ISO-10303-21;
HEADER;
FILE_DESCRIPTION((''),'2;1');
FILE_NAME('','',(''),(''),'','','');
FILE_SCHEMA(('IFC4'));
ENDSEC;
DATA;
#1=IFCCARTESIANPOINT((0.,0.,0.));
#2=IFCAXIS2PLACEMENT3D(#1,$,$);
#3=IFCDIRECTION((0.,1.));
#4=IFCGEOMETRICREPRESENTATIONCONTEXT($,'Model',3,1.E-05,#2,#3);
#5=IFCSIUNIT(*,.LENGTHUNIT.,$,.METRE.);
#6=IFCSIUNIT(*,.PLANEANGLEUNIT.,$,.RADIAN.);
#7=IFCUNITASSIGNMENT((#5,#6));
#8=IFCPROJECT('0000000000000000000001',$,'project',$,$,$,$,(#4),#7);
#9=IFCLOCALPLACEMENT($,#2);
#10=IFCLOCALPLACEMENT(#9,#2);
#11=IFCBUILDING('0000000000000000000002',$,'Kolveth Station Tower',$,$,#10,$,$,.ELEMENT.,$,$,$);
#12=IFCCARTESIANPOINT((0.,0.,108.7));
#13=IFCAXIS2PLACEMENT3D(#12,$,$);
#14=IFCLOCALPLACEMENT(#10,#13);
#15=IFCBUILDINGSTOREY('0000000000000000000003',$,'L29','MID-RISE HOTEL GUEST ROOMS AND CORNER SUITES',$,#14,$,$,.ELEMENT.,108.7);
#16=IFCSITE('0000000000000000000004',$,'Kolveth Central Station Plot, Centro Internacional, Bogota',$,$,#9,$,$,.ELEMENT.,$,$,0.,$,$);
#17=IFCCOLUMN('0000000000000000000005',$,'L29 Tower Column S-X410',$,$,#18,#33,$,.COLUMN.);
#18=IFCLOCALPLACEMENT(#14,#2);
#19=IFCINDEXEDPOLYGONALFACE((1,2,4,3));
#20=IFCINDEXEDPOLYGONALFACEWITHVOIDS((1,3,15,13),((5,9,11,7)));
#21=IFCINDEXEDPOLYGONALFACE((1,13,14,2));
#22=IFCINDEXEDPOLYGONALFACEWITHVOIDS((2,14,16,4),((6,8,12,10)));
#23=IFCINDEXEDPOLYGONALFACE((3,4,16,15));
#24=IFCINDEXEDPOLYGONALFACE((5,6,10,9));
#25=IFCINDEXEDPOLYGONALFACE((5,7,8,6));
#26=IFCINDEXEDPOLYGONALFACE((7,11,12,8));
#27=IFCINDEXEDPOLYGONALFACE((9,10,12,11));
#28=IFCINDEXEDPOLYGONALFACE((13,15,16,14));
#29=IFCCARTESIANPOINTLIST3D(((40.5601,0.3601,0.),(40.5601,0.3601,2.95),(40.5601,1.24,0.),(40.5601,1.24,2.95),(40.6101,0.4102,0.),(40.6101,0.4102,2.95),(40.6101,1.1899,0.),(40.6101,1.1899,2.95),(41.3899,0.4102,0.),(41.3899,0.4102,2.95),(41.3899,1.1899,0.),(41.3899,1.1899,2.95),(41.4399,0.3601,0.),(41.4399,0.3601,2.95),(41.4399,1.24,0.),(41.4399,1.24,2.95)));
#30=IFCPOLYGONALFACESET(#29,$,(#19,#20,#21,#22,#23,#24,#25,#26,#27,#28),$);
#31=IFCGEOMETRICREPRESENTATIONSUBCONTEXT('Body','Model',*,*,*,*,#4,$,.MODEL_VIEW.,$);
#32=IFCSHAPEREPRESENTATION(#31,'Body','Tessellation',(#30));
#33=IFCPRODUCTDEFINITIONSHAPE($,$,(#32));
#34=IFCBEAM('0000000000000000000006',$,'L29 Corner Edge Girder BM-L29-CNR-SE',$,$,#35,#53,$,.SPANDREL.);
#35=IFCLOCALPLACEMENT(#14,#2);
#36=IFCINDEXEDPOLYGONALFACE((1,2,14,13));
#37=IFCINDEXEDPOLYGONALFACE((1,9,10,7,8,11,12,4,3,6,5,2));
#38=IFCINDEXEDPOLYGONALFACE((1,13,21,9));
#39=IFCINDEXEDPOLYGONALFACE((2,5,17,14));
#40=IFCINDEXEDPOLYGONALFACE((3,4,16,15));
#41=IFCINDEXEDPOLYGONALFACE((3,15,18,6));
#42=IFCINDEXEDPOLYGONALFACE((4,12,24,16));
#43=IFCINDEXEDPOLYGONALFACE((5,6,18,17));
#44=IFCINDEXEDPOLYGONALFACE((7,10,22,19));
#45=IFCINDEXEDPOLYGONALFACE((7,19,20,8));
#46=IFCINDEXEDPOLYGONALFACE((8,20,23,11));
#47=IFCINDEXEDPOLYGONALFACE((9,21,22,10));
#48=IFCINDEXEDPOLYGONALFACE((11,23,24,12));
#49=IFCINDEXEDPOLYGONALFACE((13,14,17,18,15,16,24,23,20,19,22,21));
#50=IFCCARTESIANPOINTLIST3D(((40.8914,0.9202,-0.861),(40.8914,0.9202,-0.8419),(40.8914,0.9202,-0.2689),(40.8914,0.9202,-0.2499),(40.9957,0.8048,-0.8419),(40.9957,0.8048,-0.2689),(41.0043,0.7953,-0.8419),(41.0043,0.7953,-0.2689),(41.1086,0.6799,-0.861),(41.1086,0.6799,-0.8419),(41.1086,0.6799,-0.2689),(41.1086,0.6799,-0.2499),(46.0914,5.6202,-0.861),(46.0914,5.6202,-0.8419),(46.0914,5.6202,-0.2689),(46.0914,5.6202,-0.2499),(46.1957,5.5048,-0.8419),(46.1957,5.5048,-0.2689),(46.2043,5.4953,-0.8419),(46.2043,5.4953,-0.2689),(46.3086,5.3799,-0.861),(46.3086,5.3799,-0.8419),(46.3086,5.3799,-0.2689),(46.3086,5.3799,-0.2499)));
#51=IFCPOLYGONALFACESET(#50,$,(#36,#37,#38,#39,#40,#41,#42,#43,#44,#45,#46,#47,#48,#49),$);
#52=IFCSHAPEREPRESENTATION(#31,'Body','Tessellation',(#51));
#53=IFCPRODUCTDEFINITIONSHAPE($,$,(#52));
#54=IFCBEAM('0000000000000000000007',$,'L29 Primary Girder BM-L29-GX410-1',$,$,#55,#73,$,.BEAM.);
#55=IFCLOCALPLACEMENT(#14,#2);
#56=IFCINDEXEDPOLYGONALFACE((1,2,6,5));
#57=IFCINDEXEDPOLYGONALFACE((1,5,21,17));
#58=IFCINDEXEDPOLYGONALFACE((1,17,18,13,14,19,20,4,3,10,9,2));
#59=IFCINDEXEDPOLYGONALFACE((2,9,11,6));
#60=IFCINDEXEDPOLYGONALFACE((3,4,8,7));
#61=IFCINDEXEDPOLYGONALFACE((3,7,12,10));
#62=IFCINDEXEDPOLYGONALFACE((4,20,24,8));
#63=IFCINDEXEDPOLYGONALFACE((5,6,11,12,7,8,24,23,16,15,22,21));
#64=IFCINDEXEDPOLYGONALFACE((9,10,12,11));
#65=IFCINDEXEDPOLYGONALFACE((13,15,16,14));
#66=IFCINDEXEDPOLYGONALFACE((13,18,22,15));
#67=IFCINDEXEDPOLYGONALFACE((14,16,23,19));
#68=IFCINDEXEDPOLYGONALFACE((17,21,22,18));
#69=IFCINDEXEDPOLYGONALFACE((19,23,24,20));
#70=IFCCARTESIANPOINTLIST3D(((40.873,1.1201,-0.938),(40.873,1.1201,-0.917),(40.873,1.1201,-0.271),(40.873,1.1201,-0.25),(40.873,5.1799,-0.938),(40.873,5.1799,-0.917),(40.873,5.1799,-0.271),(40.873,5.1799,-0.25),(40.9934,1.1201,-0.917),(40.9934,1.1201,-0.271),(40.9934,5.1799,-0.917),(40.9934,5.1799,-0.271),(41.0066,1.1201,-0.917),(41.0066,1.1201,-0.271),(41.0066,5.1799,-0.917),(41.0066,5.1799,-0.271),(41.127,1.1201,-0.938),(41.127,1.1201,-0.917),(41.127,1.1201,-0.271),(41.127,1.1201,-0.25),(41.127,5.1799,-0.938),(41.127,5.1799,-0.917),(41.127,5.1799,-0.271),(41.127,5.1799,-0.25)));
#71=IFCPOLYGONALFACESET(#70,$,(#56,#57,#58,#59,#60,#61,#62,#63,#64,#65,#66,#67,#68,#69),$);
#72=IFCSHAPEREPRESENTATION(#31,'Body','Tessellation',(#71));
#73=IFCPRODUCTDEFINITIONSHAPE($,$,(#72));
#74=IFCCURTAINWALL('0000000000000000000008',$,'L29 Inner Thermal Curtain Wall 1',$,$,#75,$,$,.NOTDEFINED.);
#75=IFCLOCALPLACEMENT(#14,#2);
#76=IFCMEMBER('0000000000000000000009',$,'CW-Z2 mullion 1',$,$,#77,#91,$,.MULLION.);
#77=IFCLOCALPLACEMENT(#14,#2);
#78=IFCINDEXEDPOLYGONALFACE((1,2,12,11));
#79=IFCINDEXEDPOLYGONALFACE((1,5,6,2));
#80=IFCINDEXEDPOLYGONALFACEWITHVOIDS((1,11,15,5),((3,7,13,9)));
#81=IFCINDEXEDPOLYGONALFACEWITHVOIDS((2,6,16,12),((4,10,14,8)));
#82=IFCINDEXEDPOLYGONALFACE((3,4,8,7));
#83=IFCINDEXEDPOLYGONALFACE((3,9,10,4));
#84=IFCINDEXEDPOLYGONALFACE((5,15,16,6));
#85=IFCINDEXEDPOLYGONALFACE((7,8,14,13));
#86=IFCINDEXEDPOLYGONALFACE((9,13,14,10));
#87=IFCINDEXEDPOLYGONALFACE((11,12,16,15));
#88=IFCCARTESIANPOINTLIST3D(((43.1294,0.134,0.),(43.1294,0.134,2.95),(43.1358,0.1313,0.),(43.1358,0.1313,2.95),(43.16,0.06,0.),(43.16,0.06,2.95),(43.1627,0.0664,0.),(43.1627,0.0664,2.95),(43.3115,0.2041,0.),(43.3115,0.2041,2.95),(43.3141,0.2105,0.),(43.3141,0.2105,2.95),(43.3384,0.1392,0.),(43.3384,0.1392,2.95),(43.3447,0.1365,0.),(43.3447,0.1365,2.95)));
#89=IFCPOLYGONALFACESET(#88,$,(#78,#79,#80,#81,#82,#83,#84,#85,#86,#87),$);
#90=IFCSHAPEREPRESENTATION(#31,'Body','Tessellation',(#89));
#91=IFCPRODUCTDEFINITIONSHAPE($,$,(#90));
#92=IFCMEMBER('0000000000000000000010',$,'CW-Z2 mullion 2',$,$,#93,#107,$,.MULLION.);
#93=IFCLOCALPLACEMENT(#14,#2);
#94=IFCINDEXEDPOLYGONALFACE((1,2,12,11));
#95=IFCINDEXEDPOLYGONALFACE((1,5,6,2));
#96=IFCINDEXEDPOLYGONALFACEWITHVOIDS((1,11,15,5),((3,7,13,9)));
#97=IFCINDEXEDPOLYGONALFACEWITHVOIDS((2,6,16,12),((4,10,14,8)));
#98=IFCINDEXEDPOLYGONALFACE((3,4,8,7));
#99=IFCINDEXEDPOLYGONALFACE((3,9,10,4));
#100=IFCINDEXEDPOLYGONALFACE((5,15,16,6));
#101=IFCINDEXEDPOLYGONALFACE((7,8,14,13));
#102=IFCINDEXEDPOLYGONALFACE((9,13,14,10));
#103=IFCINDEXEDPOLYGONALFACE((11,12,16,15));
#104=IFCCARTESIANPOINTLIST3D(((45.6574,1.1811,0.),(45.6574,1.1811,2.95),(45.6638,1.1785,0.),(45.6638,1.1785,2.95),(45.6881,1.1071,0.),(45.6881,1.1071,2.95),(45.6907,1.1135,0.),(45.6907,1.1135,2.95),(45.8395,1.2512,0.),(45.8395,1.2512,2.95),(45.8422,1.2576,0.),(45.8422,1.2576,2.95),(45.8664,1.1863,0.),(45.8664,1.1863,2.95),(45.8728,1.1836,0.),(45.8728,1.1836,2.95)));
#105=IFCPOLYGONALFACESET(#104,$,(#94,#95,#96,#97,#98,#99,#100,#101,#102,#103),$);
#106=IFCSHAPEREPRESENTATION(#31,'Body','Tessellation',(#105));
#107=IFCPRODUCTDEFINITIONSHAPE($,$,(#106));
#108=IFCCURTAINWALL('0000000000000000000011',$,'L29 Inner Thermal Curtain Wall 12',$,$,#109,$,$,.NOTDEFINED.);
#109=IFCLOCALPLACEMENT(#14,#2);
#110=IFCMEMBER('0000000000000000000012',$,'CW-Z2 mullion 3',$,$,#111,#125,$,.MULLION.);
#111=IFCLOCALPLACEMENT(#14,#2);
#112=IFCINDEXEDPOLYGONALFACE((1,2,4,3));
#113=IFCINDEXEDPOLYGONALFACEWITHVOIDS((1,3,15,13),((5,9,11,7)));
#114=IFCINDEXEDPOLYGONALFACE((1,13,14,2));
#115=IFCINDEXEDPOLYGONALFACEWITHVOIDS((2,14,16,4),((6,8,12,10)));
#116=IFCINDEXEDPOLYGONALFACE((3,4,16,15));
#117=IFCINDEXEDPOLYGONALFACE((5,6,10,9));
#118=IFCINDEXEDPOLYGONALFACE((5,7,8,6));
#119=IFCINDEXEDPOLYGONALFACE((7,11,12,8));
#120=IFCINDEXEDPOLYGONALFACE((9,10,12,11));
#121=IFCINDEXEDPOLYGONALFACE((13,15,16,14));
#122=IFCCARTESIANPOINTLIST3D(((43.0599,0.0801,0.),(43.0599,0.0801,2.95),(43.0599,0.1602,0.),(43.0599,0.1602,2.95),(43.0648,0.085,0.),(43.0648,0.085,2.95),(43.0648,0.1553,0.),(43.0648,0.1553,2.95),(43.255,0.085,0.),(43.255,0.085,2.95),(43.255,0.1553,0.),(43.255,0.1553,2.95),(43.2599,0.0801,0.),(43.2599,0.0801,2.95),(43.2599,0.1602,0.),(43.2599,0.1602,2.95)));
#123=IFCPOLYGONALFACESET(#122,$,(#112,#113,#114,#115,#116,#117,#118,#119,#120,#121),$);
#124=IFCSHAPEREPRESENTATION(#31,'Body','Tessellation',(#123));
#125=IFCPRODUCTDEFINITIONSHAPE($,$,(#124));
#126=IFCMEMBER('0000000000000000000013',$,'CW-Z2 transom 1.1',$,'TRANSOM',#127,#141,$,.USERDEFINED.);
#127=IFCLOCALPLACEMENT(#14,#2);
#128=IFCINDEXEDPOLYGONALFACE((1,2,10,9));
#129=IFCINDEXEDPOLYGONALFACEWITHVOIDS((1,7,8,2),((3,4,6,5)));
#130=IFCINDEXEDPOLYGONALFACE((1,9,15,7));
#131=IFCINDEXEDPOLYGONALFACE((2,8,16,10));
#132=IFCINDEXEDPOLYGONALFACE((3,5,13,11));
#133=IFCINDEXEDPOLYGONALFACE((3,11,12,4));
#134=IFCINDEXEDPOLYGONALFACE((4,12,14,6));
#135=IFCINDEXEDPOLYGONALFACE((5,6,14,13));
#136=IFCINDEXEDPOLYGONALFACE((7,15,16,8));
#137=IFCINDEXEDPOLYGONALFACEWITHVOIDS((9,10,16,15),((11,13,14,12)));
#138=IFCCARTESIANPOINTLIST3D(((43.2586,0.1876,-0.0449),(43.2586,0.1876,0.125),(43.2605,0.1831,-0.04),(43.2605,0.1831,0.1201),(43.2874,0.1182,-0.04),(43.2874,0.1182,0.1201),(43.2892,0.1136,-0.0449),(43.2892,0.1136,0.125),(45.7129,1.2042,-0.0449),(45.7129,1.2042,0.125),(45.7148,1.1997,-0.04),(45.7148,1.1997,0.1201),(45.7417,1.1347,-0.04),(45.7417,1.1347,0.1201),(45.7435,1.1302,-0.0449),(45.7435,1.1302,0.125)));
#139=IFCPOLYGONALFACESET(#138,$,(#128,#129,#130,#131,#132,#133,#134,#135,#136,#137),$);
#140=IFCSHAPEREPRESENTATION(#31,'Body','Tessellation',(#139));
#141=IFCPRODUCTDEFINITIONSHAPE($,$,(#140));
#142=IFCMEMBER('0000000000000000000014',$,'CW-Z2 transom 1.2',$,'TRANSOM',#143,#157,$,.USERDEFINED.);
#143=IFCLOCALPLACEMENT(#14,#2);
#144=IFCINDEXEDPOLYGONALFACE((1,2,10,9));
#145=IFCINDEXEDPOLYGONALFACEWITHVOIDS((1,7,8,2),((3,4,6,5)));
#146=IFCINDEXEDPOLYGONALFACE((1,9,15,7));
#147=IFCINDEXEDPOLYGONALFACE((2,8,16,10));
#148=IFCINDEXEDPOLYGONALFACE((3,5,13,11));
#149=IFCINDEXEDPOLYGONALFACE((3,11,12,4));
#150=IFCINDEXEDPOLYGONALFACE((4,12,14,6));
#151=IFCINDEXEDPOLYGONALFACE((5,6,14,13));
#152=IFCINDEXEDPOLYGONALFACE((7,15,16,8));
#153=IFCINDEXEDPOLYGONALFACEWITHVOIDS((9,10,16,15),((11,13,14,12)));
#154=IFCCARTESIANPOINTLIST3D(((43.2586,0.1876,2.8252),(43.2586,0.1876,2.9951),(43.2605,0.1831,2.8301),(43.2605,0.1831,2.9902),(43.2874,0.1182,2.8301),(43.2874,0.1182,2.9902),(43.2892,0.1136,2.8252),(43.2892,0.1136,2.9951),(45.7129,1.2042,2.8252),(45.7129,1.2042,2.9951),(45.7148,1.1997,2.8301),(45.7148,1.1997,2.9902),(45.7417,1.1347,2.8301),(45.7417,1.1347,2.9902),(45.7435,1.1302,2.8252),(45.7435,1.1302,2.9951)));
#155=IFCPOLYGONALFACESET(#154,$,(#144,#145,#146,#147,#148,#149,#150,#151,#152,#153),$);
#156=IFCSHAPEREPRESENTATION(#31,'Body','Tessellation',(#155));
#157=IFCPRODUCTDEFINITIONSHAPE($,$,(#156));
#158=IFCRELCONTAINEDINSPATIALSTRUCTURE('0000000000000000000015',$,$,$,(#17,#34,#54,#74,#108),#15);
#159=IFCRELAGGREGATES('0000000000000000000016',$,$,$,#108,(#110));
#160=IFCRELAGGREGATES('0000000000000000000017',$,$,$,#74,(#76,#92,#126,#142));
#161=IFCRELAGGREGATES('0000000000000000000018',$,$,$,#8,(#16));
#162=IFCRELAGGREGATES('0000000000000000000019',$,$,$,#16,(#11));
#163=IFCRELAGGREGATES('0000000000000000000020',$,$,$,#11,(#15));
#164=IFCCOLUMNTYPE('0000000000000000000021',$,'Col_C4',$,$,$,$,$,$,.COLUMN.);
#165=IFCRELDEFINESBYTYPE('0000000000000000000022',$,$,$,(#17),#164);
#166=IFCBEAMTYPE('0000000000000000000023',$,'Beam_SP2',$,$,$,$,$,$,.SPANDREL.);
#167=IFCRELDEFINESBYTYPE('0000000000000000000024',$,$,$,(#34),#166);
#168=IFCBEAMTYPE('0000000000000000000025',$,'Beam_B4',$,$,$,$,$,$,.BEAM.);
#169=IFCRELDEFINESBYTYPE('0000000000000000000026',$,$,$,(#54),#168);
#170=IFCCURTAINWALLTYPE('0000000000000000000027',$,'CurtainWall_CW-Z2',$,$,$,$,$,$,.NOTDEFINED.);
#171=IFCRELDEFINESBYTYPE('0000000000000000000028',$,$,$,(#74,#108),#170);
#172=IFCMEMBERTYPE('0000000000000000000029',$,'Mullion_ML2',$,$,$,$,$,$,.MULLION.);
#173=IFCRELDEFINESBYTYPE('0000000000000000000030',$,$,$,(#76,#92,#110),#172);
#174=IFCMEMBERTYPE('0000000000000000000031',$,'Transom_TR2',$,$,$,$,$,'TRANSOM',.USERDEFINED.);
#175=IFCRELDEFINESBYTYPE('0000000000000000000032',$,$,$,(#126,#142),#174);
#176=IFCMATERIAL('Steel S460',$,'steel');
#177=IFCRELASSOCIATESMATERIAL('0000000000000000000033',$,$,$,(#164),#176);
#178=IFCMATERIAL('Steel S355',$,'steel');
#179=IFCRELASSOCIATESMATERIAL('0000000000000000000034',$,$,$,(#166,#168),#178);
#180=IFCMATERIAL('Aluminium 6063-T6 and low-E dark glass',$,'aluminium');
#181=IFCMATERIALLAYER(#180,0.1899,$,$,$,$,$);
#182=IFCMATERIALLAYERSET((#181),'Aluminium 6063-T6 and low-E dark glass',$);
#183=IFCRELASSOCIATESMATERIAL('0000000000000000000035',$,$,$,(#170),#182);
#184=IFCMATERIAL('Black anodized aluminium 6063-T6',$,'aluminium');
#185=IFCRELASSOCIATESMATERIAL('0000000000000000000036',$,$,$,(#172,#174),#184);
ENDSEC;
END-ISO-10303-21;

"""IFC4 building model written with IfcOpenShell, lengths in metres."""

from ifc_helpers import new_model, si_unit, direction, frame, origin, origin_2d, place, context, subcontext, project, spatial, hollow_rectangle, i_section, extrude, source, transform, mapped, material, layer, layer_set, material_profile, profile_set, type_object, element, aggregate, save


model = new_model("IFC4")

# Units and contexts
model_context = context("Model", 3, precision=1e-05, world=origin(), true_north=direction((0.0, 1.0)))
body_context = subcontext(model_context, "Body", "Model", "MODEL_VIEW")
ifc_project = project(units=[si_unit("LENGTHUNIT", "METRE"), si_unit("PLANEANGLEUNIT", "RADIAN")], contexts=[model_context])

# Site, building, storey
site_placement = place(None, origin())
site = spatial("IfcSite", under=ifc_project, at=site_placement, Name="Kolveth Central Station Plot, Centro Internacional, Bogota", CompositionType="ELEMENT", RefElevation=0.0)
building_placement = place(site_placement, origin())
building = spatial("IfcBuilding", under=site, at=building_placement, Name="Kolveth Station Tower", CompositionType="ELEMENT")
storey_placement = place(building_placement, frame((0.0, 0.0, 108.7)))
storey = spatial("IfcBuildingStorey", under=building, at=storey_placement, Name="L29", Description="MID-RISE HOTEL GUEST ROOMS AND CORNER SUITES", CompositionType="ELEMENT", Elevation=108.7)

# Column
ifc_material_1 = material(Name="Steel S460", Category="steel")
ifc_material_profile_1 = material_profile(ifc_material_1, hollow_rectangle(XDim=0.8799, YDim=0.8799, WallThickness=0.05, at=origin_2d()), Name="BOX880x880x50")
ifc_profile_set_1 = profile_set([ifc_material_profile_1], Name="Steel S460")
column_type = type_object("IfcColumnType", Name="Col_C4", PredefinedType="COLUMN", material=ifc_profile_set_1)
shared_shape_1 = source(origin(), body_context, "Body", "SweptSolid", [
    extrude(hollow_rectangle(XDim=0.8799, YDim=0.8799, WallThickness=0.05, at=origin_2d()), origin(), (0.0, 0.0, 1.0), 2.95),
])
column_placement = place(storey_placement, frame((41.0, 0.8, 0.0), z_axis=(0.0, 0.0, 1.0), x_axis=(1.0, 0.0, 0.0)))
element("IfcColumn", 1, at=column_placement, inside=storey, type_object=column_type, Name="L29 Tower Column S-X410", PredefinedType="COLUMN", context=body_context, shape_type="MappedRepresentation", body=[
    mapped(shared_shape_1, transform((0.0, 0.0, 0.0), x_axis=(1.0, 0.0, 0.0), y_axis=(0.0, 1.0, 0.0), z_axis=(0.0, 0.0, 1.0), scale=1.0)),
])

# Beams
ifc_material_2 = material(Name="Steel S355", Category="steel")
ifc_material_profile_2 = material_profile(ifc_material_2, i_section(OverallWidth=0.324, OverallDepth=0.6111, WebThickness=0.0127, FlangeThickness=0.019, at=origin_2d()), Name="W610x155")
ifc_profile_set_2 = profile_set([ifc_material_profile_2], Name="Steel S355")
beam_type_1 = type_object("IfcBeamType", Name="Beam_SP2", PredefinedType="SPANDREL", material=ifc_profile_set_2)
shared_shape_2 = source(origin(), body_context, "Body", "SweptSolid", [
    extrude(i_section(OverallWidth=0.324, OverallDepth=0.6111, WebThickness=0.0127, FlangeThickness=0.019, at=origin_2d()), origin(), (0.0, 0.0, 1.0), 7.0093),
])
beam_1_placement = place(storey_placement, frame((41.0, 0.8, -0.5554), z_axis=(0.741874, 0.670539, 0.0), x_axis=(-0.670539, 0.741874, 0.0)))
element("IfcBeam", 2, at=beam_1_placement, inside=storey, type_object=beam_type_1, Name="L29 Corner Edge Girder BM-L29-CNR-SE", PredefinedType="SPANDREL", context=body_context, shape_type="MappedRepresentation", body=[
    mapped(shared_shape_2, transform((0.0, 0.0, 0.0), x_axis=(1.0, 0.0, 0.0), y_axis=(0.0, 1.0, 0.0), z_axis=(0.0, 0.0, 1.0), scale=1.0)),
])
ifc_material_profile_3 = material_profile(ifc_material_2, i_section(OverallWidth=0.2539, OverallDepth=0.688, WebThickness=0.0132, FlangeThickness=0.021, at=origin_2d()), Name="W690x152")
ifc_profile_set_3 = profile_set([ifc_material_profile_3], Name="Steel S355")
beam_type_2 = type_object("IfcBeamType", Name="Beam_B4", PredefinedType="BEAM", material=ifc_profile_set_3)
shared_shape_3 = source(origin(), body_context, "Body", "SweptSolid", [
    extrude(i_section(OverallWidth=0.2539, OverallDepth=0.688, WebThickness=0.0132, FlangeThickness=0.021, at=origin_2d()), origin(), (0.0, 0.0, 1.0), 4.0598),
])
beam_2_placement = place(storey_placement, frame((41.0, 1.1201, -0.594), z_axis=(0.0, 1.0, 0.0), x_axis=(-1.0, 0.0, 0.0)))
element("IfcBeam", 3, at=beam_2_placement, inside=storey, type_object=beam_type_2, Name="L29 Primary Girder BM-L29-GX410-1", PredefinedType="BEAM", context=body_context, shape_type="MappedRepresentation", body=[
    mapped(shared_shape_3, transform((0.0, 0.0, 0.0), x_axis=(1.0, 0.0, 0.0), y_axis=(0.0, 1.0, 0.0), z_axis=(0.0, 0.0, 1.0), scale=1.0)),
])

# Curtain wall, members
ifc_material_3 = material(Name="Aluminium 6063-T6 and low-E dark glass", Category="aluminium")
ifc_layer_1 = layer(ifc_material_3, 0.1899)
ifc_layer_set_1 = layer_set([ifc_layer_1], Name="Aluminium 6063-T6 and low-E dark glass")
curtain_wall_type_1 = type_object("IfcCurtainWallType", Name="CurtainWall_CW-Z2", PredefinedType="NOTDEFINED", material=ifc_layer_set_1)
curtain_wall_1_placement = place(storey_placement, origin())
curtain_wall_1 = element("IfcCurtainWall", 4, at=curtain_wall_1_placement, inside=storey, type_object=curtain_wall_type_1, Name="L29 Inner Thermal Curtain Wall 1", PredefinedType="NOTDEFINED")
ifc_material_4 = material(Name="Black anodized aluminium 6063-T6", Category="aluminium")
ifc_material_profile_4 = material_profile(ifc_material_4, hollow_rectangle(XDim=0.0801, YDim=0.2, WallThickness=0.0049, at=origin_2d()), Name="ALU-80x200x5")
ifc_profile_set_4 = profile_set([ifc_material_profile_4], Name="Black anodized aluminium 6063-T6")
member_type_1 = type_object("IfcMemberType", Name="Mullion_ML2", PredefinedType="MULLION", material=ifc_profile_set_4)
shared_shape_4 = source(origin(), body_context, "Body", "SweptSolid", [
    extrude(hollow_rectangle(XDim=0.0801, YDim=0.2, WallThickness=0.0049, at=origin_2d()), origin(), (0.0, 0.0, 1.0), 2.95),
])
member_1_placement = place(storey_placement, frame((43.2371, 0.1353, 0.0), z_axis=(0.0, 0.0, 1.0), x_axis=(-0.382663, 0.923888, 0.0)))
member_1 = element("IfcMember", 5, at=member_1_placement, type_object=member_type_1, Name="CW-Z2 mullion 1", PredefinedType="MULLION", context=body_context, shape_type="MappedRepresentation", body=[
    mapped(shared_shape_4, transform((0.0, 0.0, 0.0), x_axis=(1.0, 0.0, 0.0), y_axis=(0.0, 1.0, 0.0), z_axis=(0.0, 0.0, 1.0), scale=1.0)),
])
member_2_placement = place(storey_placement, frame((45.7651, 1.1824, 0.0), z_axis=(0.0, 0.0, 1.0), x_axis=(-0.382663, 0.923888, 0.0)))
member_2 = element("IfcMember", 6, at=member_2_placement, type_object=member_type_1, Name="CW-Z2 mullion 2", PredefinedType="MULLION", context=body_context, shape_type="MappedRepresentation", body=[
    mapped(shared_shape_4, transform((0.0, 0.0, 0.0), x_axis=(1.0, 0.0, 0.0), y_axis=(0.0, 1.0, 0.0), z_axis=(0.0, 0.0, 1.0), scale=1.0)),
])

# Curtain wall, member
curtain_wall_2_placement = place(storey_placement, origin())
curtain_wall_2 = element("IfcCurtainWall", 7, at=curtain_wall_2_placement, inside=storey, type_object=curtain_wall_type_1, Name="L29 Inner Thermal Curtain Wall 12", PredefinedType="NOTDEFINED")
member_3_placement = place(storey_placement, frame((43.1599, 0.1201, 0.0), z_axis=(0.0, 0.0, 1.0), x_axis=(0.0, 1.0, 0.0)))
member_3 = element("IfcMember", 8, at=member_3_placement, type_object=member_type_1, Name="CW-Z2 mullion 3", PredefinedType="MULLION", context=body_context, shape_type="MappedRepresentation", body=[
    mapped(shared_shape_4, transform((0.0, 0.0, 0.0), x_axis=(1.0, 0.0, 0.0), y_axis=(0.0, 1.0, 0.0), z_axis=(0.0, 0.0, 1.0), scale=1.0)),
])
aggregate(curtain_wall_2, [member_3])

# Members
ifc_material_profile_5 = material_profile(ifc_material_4, hollow_rectangle(XDim=0.0801, YDim=0.1699, WallThickness=0.0049, at=origin_2d()), Name="ALU-80x170x5")
ifc_profile_set_5 = profile_set([ifc_material_profile_5], Name="Black anodized aluminium 6063-T6")
member_type_2 = type_object("IfcMemberType", Name="Transom_TR2", ElementType="TRANSOM", PredefinedType="USERDEFINED", material=ifc_profile_set_5)
shared_shape_5 = source(origin(), body_context, "Body", "SweptSolid", [
    extrude(hollow_rectangle(XDim=0.0801, YDim=0.1699, WallThickness=0.0049, at=origin_2d()), origin(), (0.0, 0.0, 1.0), 2.6565),
])
member_4_placement = place(storey_placement, frame((43.2739, 0.1506, 0.04), z_axis=(0.923882, 0.382676, 0.0), x_axis=(-0.382676, 0.923882, 0.0)))
member_4 = element("IfcMember", 9, at=member_4_placement, type_object=member_type_2, Name="CW-Z2 transom 1.1", ObjectType="TRANSOM", PredefinedType="USERDEFINED", context=body_context, shape_type="MappedRepresentation", body=[
    mapped(shared_shape_5, transform((0.0, 0.0, 0.0), x_axis=(1.0, 0.0, 0.0), y_axis=(0.0, 1.0, 0.0), z_axis=(0.0, 0.0, 1.0), scale=1.0)),
])
member_5_placement = place(storey_placement, frame((43.2739, 0.1506, 2.9102), z_axis=(0.923882, 0.382676, 0.0), x_axis=(-0.382676, 0.923882, 0.0)))
member_5 = element("IfcMember", 10, at=member_5_placement, type_object=member_type_2, Name="CW-Z2 transom 1.2", ObjectType="TRANSOM", PredefinedType="USERDEFINED", context=body_context, shape_type="MappedRepresentation", body=[
    mapped(shared_shape_5, transform((0.0, 0.0, 0.0), x_axis=(1.0, 0.0, 0.0), y_axis=(0.0, 1.0, 0.0), z_axis=(0.0, 0.0, 1.0), scale=1.0)),
])

aggregate(curtain_wall_1, [member_1, member_2, member_4, member_5])

save(model, "model.ifc")
